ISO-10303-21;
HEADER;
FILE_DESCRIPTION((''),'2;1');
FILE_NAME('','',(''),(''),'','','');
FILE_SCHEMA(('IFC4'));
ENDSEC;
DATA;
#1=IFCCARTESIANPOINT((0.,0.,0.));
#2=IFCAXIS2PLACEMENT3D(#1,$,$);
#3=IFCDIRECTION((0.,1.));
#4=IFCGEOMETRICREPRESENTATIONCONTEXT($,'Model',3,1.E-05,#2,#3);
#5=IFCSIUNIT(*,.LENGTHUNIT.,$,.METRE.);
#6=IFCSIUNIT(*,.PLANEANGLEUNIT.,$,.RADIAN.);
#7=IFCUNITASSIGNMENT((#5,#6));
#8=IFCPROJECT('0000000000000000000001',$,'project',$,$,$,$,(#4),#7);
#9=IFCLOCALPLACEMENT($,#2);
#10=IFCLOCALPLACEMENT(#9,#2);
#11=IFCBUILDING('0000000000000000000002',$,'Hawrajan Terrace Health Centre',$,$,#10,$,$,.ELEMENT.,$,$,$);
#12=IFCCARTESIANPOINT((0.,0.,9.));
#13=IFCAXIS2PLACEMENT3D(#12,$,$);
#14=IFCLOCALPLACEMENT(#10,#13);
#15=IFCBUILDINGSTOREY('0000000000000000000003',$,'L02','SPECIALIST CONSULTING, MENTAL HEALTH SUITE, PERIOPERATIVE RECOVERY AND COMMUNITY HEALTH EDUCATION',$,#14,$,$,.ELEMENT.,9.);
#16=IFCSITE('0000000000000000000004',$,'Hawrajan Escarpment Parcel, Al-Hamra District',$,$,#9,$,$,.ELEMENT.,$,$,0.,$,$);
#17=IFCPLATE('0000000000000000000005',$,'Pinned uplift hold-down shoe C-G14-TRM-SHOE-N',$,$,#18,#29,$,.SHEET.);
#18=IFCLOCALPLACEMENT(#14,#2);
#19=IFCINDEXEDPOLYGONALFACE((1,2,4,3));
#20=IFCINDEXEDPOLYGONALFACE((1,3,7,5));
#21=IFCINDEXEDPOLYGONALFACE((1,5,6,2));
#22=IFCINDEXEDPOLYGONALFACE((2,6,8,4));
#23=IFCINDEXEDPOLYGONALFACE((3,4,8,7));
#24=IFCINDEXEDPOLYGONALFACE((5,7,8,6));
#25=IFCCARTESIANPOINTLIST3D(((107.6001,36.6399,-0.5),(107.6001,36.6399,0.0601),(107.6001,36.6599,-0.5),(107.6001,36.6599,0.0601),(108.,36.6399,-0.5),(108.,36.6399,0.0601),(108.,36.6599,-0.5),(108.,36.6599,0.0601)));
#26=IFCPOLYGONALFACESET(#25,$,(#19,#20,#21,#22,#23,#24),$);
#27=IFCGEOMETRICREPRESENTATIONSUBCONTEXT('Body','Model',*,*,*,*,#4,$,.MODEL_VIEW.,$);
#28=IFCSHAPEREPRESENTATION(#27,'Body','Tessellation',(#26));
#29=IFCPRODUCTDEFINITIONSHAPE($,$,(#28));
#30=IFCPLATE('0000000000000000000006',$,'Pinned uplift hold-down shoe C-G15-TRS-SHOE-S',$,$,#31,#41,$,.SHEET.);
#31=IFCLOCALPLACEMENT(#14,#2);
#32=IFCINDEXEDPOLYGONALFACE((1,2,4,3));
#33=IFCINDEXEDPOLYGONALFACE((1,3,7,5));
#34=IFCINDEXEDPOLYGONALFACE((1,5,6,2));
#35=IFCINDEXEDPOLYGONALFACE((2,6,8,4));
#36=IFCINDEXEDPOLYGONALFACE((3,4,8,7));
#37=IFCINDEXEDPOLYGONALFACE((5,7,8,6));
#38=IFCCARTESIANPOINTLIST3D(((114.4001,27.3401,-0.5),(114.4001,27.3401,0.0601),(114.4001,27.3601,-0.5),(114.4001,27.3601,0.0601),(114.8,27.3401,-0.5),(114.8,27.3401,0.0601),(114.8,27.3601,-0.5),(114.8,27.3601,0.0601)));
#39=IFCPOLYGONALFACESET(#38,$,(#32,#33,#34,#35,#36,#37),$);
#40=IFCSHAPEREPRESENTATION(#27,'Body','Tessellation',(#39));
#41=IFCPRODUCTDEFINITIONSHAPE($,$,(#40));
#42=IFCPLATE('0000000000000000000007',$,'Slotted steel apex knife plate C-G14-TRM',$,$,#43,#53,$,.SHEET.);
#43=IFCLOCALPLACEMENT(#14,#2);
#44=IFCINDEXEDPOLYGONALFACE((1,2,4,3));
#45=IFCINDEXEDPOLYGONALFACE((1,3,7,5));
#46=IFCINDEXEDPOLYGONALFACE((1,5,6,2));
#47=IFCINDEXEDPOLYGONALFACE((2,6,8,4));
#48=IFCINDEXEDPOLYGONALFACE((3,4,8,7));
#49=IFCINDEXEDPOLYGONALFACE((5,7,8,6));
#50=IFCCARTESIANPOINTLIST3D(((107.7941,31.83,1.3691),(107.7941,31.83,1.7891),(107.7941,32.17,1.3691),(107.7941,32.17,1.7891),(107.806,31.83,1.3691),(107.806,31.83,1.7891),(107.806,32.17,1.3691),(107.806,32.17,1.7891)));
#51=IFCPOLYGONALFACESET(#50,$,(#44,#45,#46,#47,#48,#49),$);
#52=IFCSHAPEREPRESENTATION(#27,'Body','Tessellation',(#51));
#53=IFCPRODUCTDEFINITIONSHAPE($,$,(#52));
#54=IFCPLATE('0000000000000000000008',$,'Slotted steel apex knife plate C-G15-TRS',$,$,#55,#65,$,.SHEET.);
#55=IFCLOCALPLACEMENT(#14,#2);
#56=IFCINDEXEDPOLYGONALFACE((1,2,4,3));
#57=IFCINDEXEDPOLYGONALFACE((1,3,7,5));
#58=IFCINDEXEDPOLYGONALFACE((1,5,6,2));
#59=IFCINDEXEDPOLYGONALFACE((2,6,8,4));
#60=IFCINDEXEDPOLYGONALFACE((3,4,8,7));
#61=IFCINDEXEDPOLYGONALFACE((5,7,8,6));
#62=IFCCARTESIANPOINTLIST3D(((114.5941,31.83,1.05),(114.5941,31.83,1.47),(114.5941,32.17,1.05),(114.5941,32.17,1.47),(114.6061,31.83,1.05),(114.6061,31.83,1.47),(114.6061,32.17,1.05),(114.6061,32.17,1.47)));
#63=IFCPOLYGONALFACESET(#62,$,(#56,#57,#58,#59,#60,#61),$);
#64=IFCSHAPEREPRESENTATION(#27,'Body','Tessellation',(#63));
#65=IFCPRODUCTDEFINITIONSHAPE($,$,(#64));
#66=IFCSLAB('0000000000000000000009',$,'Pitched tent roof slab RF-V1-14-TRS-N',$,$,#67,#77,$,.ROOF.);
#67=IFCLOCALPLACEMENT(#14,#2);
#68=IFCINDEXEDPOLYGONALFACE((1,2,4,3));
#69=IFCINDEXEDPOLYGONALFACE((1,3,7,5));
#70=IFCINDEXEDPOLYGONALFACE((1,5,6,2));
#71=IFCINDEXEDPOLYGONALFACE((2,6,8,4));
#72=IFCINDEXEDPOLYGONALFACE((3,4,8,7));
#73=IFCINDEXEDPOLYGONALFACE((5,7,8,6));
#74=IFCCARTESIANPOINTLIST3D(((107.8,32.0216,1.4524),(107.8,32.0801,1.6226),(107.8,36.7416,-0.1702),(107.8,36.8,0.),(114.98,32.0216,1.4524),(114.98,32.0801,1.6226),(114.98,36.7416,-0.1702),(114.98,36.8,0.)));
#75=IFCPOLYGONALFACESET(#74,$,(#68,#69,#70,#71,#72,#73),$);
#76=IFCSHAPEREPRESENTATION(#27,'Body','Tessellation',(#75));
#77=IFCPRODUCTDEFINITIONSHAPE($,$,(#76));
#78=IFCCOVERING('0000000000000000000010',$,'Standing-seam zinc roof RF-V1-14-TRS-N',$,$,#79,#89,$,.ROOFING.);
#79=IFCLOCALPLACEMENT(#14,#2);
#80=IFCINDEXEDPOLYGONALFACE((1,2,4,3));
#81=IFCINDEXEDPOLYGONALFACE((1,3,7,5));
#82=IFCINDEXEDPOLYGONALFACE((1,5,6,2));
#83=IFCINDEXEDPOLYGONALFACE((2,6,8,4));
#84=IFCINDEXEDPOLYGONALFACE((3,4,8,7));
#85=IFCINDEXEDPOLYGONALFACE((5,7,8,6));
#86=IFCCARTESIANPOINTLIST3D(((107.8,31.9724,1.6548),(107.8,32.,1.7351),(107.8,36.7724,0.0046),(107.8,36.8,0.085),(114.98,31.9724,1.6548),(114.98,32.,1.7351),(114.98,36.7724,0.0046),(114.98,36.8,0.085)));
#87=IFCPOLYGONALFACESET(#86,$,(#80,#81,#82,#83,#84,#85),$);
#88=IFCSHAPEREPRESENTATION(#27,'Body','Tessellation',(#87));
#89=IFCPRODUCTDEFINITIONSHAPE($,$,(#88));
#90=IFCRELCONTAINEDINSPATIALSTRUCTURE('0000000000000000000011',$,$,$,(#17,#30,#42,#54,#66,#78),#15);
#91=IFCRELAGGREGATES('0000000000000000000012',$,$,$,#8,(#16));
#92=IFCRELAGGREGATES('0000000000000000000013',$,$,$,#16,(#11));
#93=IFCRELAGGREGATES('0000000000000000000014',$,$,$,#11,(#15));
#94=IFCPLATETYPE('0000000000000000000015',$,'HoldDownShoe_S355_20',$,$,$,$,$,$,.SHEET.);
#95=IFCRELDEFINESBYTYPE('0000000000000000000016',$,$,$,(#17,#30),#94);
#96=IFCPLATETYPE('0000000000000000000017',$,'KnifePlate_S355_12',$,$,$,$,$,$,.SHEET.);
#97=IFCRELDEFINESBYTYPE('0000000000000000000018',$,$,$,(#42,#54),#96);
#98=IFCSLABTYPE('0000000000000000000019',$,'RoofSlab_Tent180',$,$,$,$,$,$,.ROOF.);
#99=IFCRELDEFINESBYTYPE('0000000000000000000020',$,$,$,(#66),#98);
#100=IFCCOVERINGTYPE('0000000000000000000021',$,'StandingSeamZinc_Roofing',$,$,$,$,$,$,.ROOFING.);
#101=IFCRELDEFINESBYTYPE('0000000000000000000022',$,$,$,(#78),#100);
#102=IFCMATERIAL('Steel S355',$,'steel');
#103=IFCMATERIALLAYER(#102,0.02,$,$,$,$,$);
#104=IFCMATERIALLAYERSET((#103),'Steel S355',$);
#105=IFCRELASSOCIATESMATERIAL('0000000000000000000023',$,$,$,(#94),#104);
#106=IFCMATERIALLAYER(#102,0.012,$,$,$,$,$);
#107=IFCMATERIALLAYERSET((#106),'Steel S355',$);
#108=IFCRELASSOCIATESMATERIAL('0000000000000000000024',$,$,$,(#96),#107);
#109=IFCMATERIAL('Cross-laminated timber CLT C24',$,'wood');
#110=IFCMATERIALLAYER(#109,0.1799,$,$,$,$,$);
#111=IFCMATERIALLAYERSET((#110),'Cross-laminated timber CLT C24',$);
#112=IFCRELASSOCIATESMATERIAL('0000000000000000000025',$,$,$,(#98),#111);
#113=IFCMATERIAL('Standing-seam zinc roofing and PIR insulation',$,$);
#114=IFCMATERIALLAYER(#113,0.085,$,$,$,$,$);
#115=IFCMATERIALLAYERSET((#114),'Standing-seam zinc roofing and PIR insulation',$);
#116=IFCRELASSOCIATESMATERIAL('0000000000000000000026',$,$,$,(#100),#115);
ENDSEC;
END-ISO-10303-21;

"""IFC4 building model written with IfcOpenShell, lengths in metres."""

from ifc_helpers import new_model, si_unit, direction, frame, origin, origin_2d, place, context, subcontext, project, spatial, polyline, rectangle, outline, extrude, material, layer, layer_set, type_object, element, save


model = new_model("IFC4")

# Units and contexts
model_context = context("Model", 3, precision=1e-05, world=origin(), true_north=direction((0.0, 1.0)))
body_context = subcontext(model_context, "Body", "Model", "MODEL_VIEW")
ifc_project = project(units=[si_unit("LENGTHUNIT", "METRE"), si_unit("PLANEANGLEUNIT", "RADIAN")], contexts=[model_context])

# Site, building, storey
site_placement = place(None, origin())
site = spatial("IfcSite", under=ifc_project, at=site_placement, Name="Hawrajan Escarpment Parcel, Al-Hamra District", CompositionType="ELEMENT", RefElevation=0.0)
building_placement = place(site_placement, origin())
building = spatial("IfcBuilding", under=site, at=building_placement, Name="Hawrajan Terrace Health Centre", CompositionType="ELEMENT")
storey_placement = place(building_placement, frame((0.0, 0.0, 9.0)))
storey = spatial("IfcBuildingStorey", under=building, at=storey_placement, Name="L02", Description="SPECIALIST CONSULTING, MENTAL HEALTH SUITE, PERIOPERATIVE RECOVERY AND COMMUNITY HEALTH EDUCATION", CompositionType="ELEMENT", Elevation=9.0)

# Plates
ifc_material_1 = material(Name="Steel S355", Category="steel")
ifc_layer_1 = layer(ifc_material_1, 0.02)
ifc_layer_set_1 = layer_set([ifc_layer_1], Name="Steel S355")
plate_type_1 = type_object("IfcPlateType", Name="HoldDownShoe_S355_20", PredefinedType="SHEET", material=ifc_layer_set_1)
for number, where, z_axis, x_axis, name in (
    (1, (107.8, 36.6499, -0.5), (0.0, 0.0, 1.0), (1.0, 0.0, 0.0), "Pinned uplift hold-down shoe C-G14-TRM-SHOE-N"),
    (2, (114.6001, 27.3501, -0.5), (0.0, 0.0, 1.0), (1.0, 0.0, 0.0), "Pinned uplift hold-down shoe C-G15-TRS-SHOE-S"),
):
    element("IfcPlate", number, at=place(storey_placement, frame(where, z_axis=z_axis, x_axis=x_axis)), inside=storey, type_object=plate_type_1, Name=name, PredefinedType="SHEET", context=body_context, shape_type="SweptSolid", body=[
        extrude(rectangle(XDim=0.3999, YDim=0.02, at=origin_2d()), origin(), (0.0, 0.0, 1.0), 0.5601),
    ])
ifc_layer_2 = layer(ifc_material_1, 0.012)
ifc_layer_set_2 = layer_set([ifc_layer_2], Name="Steel S355")
plate_type_2 = type_object("IfcPlateType", Name="KnifePlate_S355_12", PredefinedType="SHEET", material=ifc_layer_set_2)
for number, where, z_axis, x_axis, name in (
    (3, (107.8, 32.0, 1.3691), (0.0, 0.0, 1.0), (1.0, 0.0, 0.0), "Slotted steel apex knife plate C-G14-TRM"),
    (4, (114.6001, 32.0, 1.05), (0.0, 0.0, 1.0), (1.0, 0.0, 0.0), "Slotted steel apex knife plate C-G15-TRS"),
):
    element("IfcPlate", number, at=place(storey_placement, frame(where, z_axis=z_axis, x_axis=x_axis)), inside=storey, type_object=plate_type_2, Name=name, PredefinedType="SHEET", context=body_context, shape_type="SweptSolid", body=[
        extrude(rectangle(XDim=0.012, YDim=0.3401, at=origin_2d()), origin(), (0.0, 0.0, 1.0), 0.4199),
    ])

# Slab
ifc_material_2 = material(Name="Cross-laminated timber CLT C24", Category="wood")
ifc_layer_3 = layer(ifc_material_2, 0.1799)
ifc_layer_set_3 = layer_set([ifc_layer_3], Name="Cross-laminated timber CLT C24")
slab_type = type_object("IfcSlabType", Name="RoofSlab_Tent180", PredefinedType="ROOF", material=ifc_layer_set_3)
slab_placement = place(storey_placement, frame((107.8, 32.0801, 1.6226), z_axis=(0.0, 0.325092, 0.945682), x_axis=(1.0, 0.0, 0.0)))
element("IfcSlab", 5, at=slab_placement, inside=storey, type_object=slab_type, Name="Pitched tent roof slab RF-V1-14-TRS-N", PredefinedType="ROOF", context=body_context, shape_type="SweptSolid", body=[
    extrude(outline(polyline([(0.0, 0.0), (7.1799, 0.0), (7.1799, 4.9911), (0.0, 4.9911), (0.0, 0.0)])), origin(), (0.0, 0.0, -1.0), 0.1799),
])

# Covering
ifc_material_3 = material(Name="Standing-seam zinc roofing and PIR insulation")
ifc_layer_4 = layer(ifc_material_3, 0.085)
ifc_layer_set_4 = layer_set([ifc_layer_4], Name="Standing-seam zinc roofing and PIR insulation")
covering_type = type_object("IfcCoveringType", Name="StandingSeamZinc_Roofing", PredefinedType="ROOFING", material=ifc_layer_set_4)
covering_placement = place(storey_placement, frame((107.8, 32.0, 1.7351), z_axis=(0.0, 0.325103, 0.945679), x_axis=(1.0, 0.0, 0.0)))
element("IfcCovering", 6, at=covering_placement, inside=storey, type_object=covering_type, Name="Standing-seam zinc roof RF-V1-14-TRS-N", PredefinedType="ROOFING", context=body_context, shape_type="SweptSolid", body=[
    extrude(outline(polyline([(0.0, 0.0), (7.1799, 0.0), (7.1799, 5.0758), (0.0, 5.0758), (0.0, 0.0)])), origin(), (0.0, 0.0, -1.0), 0.085),
])

save(model, "model.ifc")
